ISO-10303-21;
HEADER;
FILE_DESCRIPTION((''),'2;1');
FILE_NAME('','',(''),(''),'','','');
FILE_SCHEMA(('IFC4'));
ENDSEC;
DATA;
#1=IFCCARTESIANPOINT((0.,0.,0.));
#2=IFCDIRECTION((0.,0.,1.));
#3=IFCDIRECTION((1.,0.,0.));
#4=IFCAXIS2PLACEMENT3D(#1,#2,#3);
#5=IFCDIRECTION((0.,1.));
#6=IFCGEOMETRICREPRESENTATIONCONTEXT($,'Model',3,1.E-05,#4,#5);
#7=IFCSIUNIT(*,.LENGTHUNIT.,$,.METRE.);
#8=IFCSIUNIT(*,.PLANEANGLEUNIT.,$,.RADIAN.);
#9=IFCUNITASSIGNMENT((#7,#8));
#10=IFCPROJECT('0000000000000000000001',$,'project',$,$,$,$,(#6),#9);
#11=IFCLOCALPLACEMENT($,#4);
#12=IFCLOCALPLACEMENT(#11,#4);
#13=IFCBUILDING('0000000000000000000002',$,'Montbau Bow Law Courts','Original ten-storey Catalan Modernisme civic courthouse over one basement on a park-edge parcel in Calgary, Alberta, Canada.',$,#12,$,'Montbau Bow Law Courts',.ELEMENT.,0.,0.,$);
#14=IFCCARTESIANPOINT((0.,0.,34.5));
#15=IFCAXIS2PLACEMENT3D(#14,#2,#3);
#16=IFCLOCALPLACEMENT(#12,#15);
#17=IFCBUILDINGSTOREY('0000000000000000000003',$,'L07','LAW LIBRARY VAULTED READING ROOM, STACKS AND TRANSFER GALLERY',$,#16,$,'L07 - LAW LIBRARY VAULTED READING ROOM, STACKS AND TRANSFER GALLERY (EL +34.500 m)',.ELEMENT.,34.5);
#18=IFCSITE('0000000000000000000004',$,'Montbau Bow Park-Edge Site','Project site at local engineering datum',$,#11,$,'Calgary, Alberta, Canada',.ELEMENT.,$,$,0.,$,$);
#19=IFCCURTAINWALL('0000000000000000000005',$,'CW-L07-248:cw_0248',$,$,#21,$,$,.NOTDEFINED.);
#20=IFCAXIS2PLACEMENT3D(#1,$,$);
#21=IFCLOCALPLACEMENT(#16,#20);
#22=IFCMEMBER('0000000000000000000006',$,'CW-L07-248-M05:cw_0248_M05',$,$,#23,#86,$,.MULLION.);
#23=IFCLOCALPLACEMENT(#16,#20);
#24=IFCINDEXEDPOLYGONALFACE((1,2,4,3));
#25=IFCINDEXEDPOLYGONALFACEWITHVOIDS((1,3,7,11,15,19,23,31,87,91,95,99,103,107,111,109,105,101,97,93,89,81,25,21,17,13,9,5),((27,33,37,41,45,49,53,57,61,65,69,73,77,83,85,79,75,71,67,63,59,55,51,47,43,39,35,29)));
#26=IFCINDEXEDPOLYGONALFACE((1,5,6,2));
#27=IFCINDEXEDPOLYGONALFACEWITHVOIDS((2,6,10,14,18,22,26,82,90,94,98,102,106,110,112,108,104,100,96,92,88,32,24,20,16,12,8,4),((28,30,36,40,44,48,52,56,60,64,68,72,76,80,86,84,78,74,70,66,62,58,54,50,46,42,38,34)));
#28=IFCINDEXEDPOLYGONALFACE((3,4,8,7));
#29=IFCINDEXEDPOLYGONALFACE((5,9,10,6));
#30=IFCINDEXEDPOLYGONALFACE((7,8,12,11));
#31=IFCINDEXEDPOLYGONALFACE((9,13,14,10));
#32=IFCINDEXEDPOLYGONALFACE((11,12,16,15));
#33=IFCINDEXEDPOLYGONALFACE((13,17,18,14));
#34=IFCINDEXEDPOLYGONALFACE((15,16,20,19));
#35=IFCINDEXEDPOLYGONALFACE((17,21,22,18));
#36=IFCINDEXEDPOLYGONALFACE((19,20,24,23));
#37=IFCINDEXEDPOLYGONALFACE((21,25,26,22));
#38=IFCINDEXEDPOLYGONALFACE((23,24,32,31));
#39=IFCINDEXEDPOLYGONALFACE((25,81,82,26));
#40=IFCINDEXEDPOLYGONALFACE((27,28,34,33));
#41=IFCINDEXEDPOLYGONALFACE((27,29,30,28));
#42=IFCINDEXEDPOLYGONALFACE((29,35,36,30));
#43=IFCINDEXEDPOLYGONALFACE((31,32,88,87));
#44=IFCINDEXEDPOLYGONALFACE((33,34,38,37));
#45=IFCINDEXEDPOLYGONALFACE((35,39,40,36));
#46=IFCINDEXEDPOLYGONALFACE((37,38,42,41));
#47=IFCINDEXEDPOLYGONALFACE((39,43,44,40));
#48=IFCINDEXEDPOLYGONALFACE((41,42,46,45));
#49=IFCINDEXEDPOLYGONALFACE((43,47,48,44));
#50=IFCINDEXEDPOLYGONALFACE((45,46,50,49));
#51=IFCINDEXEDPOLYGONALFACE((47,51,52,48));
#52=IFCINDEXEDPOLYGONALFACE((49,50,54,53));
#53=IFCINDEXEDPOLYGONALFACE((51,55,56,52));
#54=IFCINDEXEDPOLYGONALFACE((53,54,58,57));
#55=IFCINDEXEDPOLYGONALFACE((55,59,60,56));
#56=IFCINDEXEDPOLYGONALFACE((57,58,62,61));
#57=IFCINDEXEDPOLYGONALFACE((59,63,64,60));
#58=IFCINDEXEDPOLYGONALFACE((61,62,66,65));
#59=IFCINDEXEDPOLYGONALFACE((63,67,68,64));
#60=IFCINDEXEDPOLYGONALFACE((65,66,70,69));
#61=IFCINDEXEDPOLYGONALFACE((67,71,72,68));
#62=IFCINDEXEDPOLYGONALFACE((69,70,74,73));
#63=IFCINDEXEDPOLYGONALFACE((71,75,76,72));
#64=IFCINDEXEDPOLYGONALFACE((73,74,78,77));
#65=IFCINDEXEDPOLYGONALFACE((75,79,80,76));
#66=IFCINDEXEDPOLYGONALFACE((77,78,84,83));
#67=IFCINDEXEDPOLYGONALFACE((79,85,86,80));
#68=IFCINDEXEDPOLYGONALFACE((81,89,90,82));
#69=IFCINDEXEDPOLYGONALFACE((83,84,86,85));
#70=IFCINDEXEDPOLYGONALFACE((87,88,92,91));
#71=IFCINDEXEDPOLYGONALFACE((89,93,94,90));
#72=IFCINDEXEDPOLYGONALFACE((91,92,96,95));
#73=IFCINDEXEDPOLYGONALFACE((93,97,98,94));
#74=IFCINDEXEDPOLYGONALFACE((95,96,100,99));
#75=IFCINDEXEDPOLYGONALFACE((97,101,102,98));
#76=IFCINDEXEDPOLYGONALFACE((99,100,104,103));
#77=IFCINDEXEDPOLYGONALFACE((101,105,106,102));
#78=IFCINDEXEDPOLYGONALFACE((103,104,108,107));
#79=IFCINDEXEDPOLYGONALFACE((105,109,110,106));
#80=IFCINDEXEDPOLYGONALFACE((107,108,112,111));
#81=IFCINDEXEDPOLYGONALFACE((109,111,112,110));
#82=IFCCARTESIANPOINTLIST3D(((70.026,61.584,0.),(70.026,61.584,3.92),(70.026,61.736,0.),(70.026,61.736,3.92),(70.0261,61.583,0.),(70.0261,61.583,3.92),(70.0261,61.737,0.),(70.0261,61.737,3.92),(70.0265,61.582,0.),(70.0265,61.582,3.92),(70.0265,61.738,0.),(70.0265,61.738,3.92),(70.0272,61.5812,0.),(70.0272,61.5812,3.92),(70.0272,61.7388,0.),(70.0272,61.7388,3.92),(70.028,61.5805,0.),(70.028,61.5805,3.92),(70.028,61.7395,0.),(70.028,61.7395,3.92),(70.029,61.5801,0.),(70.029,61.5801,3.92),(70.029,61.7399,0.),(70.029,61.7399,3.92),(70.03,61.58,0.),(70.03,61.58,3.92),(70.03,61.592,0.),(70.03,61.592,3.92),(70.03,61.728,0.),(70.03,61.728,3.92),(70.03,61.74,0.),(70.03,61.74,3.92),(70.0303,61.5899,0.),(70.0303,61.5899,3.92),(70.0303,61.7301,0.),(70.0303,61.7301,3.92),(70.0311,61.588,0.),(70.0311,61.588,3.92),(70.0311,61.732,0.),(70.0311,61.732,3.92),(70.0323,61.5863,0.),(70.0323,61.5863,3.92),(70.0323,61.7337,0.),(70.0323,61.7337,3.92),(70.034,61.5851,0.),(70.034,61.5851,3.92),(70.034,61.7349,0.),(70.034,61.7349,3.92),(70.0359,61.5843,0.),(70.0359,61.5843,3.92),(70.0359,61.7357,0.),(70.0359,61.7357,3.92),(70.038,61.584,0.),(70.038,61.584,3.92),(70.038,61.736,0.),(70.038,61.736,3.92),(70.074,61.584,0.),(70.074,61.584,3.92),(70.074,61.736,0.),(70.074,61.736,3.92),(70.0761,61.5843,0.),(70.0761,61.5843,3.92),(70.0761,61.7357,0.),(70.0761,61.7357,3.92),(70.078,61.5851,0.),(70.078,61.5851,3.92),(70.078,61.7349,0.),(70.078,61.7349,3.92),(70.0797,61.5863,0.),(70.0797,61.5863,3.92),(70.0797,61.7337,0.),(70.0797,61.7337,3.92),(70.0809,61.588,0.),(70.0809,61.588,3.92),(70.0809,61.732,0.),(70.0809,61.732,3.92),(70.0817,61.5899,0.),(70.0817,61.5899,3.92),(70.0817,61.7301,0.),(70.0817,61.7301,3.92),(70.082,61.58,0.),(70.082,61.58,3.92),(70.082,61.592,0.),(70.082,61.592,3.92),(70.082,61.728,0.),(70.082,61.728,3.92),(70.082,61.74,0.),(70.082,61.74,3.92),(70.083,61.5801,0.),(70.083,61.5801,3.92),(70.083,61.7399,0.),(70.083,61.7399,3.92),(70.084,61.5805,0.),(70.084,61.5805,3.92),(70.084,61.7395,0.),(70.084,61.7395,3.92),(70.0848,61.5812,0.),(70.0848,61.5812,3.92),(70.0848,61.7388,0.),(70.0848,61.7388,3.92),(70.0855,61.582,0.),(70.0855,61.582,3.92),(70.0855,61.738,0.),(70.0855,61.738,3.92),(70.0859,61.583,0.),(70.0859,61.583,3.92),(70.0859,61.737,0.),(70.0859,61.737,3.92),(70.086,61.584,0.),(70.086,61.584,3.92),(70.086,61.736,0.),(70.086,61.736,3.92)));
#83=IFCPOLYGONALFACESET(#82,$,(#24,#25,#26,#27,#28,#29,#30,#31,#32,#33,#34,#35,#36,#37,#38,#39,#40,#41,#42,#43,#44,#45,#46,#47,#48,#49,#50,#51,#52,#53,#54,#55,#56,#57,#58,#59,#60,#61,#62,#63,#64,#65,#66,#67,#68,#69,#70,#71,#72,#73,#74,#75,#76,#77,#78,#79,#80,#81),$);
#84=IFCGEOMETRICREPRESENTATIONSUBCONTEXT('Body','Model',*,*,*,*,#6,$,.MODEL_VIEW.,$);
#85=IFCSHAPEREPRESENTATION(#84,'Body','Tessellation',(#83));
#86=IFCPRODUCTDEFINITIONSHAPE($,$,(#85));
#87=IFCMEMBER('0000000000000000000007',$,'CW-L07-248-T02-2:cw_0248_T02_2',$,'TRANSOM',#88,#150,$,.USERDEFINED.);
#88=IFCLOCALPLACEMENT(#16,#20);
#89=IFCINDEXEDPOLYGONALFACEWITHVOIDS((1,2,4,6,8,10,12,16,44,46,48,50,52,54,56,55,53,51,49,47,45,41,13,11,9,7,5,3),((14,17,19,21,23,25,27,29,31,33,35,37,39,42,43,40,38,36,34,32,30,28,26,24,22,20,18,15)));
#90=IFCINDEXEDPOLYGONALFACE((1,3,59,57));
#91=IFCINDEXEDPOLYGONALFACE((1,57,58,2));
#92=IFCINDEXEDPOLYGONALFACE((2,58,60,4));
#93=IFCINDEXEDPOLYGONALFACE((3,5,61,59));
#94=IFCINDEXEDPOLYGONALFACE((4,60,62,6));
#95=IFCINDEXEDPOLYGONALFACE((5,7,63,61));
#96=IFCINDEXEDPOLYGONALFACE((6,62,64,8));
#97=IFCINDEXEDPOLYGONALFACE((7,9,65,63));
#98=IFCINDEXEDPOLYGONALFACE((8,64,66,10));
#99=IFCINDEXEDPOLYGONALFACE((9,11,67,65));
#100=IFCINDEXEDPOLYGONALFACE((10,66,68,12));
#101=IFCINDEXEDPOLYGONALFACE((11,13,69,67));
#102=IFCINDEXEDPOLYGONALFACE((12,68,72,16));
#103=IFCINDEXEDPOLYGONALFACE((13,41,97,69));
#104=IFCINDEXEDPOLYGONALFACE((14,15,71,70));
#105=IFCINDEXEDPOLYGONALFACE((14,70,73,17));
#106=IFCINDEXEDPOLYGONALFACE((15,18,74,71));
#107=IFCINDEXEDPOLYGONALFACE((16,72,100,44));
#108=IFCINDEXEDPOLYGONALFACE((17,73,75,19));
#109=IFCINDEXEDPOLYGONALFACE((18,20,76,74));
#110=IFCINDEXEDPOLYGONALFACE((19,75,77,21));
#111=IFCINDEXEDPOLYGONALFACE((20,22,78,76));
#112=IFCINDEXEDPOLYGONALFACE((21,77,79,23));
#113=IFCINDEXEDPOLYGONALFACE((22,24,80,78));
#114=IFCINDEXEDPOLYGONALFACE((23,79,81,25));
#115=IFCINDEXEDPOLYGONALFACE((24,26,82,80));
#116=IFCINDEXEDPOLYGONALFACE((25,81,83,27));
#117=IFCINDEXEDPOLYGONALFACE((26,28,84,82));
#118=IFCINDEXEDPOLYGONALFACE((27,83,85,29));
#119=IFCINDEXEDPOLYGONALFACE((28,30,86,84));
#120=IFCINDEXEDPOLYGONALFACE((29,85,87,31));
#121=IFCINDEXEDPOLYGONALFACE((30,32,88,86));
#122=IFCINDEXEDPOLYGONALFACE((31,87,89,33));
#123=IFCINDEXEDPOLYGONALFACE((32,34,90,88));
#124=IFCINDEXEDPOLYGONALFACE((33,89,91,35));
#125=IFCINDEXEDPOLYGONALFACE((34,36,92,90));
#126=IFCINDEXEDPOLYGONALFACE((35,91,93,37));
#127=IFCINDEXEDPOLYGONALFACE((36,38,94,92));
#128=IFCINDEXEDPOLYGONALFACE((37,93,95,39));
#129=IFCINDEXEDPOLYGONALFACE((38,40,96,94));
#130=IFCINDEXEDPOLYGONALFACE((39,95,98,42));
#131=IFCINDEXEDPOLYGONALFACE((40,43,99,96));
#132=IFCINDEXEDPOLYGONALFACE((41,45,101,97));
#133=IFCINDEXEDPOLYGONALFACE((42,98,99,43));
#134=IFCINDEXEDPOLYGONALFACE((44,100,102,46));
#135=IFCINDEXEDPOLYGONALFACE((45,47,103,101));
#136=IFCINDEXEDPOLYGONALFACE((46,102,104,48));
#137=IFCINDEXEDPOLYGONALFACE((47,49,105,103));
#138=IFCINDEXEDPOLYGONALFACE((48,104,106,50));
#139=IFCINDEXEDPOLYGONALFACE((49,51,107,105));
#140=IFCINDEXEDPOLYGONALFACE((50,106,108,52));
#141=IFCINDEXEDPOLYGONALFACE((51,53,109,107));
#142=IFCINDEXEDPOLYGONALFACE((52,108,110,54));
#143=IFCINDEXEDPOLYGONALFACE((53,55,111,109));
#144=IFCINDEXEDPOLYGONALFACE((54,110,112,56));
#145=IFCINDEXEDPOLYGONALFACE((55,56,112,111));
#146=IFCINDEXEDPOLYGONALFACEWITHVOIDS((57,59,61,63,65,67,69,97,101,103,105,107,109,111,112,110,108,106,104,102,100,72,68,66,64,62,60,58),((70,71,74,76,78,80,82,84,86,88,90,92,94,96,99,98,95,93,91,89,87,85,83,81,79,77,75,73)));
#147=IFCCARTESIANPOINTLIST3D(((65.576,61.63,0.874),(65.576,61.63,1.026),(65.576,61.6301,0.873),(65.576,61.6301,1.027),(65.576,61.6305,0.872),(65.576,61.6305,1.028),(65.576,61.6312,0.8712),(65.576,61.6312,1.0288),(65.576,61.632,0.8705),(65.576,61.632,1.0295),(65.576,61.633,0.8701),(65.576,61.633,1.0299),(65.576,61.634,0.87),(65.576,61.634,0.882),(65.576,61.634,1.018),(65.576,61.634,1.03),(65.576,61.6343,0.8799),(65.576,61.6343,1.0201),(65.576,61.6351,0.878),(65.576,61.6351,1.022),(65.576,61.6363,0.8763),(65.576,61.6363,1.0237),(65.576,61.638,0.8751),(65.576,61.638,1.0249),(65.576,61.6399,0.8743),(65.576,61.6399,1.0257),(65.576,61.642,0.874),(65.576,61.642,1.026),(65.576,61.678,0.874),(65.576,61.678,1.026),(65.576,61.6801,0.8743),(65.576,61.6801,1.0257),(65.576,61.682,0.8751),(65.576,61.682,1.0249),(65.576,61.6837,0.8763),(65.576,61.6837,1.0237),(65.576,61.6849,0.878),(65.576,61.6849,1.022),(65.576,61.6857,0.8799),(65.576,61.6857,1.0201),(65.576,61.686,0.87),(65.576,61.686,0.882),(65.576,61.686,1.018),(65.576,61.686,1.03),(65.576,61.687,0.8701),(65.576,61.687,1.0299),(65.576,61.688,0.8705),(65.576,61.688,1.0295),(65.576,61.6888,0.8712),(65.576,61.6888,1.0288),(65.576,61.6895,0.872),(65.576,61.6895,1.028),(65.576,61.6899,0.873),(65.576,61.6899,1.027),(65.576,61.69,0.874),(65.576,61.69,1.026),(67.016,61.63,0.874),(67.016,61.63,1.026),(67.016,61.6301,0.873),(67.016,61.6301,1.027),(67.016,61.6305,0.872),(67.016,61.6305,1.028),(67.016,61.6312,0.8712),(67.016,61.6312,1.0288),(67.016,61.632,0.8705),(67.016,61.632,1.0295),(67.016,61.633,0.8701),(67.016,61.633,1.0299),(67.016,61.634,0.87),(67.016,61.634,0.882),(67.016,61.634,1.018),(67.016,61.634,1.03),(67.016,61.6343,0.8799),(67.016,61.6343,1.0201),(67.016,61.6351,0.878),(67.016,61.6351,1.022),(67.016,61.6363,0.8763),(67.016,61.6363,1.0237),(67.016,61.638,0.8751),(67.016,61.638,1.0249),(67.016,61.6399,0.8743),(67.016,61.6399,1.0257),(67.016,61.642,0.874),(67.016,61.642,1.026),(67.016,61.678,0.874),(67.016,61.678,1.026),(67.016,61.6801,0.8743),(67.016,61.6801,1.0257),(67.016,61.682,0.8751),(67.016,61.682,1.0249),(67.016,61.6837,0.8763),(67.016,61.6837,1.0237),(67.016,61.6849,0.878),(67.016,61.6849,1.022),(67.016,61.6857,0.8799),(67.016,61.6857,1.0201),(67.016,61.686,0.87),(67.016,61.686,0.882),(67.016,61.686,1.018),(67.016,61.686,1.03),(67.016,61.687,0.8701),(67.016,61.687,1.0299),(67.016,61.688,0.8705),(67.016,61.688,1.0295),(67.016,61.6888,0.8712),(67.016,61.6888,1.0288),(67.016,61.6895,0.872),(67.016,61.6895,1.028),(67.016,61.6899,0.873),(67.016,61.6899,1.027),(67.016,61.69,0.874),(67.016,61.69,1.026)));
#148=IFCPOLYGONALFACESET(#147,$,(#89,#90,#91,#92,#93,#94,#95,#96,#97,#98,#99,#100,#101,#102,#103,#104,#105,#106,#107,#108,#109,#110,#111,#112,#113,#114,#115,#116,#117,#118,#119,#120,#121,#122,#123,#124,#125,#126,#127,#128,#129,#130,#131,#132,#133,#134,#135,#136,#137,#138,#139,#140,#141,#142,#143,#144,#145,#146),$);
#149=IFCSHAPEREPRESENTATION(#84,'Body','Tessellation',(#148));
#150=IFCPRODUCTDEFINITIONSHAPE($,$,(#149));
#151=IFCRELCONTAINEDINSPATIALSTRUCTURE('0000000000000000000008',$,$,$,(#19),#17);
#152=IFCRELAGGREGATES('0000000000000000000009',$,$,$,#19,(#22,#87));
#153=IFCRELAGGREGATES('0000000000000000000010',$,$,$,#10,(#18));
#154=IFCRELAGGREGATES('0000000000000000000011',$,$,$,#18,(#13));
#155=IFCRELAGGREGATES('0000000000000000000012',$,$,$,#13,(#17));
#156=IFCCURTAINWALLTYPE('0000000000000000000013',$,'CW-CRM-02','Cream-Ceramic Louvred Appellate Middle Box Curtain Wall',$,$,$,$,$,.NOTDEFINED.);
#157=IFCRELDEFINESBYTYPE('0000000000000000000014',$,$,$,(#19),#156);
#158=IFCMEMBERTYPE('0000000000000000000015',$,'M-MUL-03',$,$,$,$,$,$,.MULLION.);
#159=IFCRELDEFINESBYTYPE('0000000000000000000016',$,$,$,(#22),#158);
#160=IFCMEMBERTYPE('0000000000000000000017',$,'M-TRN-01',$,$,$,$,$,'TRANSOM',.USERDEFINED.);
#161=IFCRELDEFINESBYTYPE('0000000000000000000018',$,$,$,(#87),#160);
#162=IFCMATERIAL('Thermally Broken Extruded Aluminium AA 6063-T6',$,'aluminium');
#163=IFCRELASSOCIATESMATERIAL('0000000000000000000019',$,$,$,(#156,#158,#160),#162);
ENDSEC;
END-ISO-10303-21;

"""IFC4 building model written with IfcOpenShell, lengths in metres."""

from ifc_helpers import new_model, si_unit, direction, frame, origin_with_axes, origin_2d_with_axis, place, context, subcontext, project, spatial, hollow_rectangle, extrude, material, material_profile, profile_set, type_object, element, aggregate, save


model = new_model("IFC4")

# Units and contexts
model_context = context("Model", 3, precision=1e-05, world=origin_with_axes(), true_north=direction((0.0, 1.0)))
body_context = subcontext(model_context, "Body", "Model", "MODEL_VIEW")
ifc_project = project(units=[si_unit("LENGTHUNIT", "METRE"), si_unit("PLANEANGLEUNIT", "RADIAN")], contexts=[model_context])

# Site, building, storey
site_placement = place(None, origin_with_axes())
site = spatial("IfcSite", under=ifc_project, at=site_placement, Name="Montbau Bow Park-Edge Site", Description="Project site at local engineering datum", LongName="Calgary, Alberta, Canada", CompositionType="ELEMENT", RefElevation=0.0)
building_placement = place(site_placement, origin_with_axes())
building = spatial("IfcBuilding", under=site, at=building_placement, Name="Montbau Bow Law Courts", Description="Original ten-storey Catalan Modernisme civic courthouse over one basement on a park-edge parcel in Calgary, Alberta, Canada.", LongName="Montbau Bow Law Courts", CompositionType="ELEMENT", ElevationOfRefHeight=0.0, ElevationOfTerrain=0.0)
storey_placement = place(building_placement, frame((0.0, 0.0, 34.5), z_axis=(0.0, 0.0, 1.0), x_axis=(1.0, 0.0, 0.0)))
storey = spatial("IfcBuildingStorey", under=building, at=storey_placement, Name="L07", Description="LAW LIBRARY VAULTED READING ROOM, STACKS AND TRANSFER GALLERY", LongName="L07 - LAW LIBRARY VAULTED READING ROOM, STACKS AND TRANSFER GALLERY (EL +34.500 m)", CompositionType="ELEMENT", Elevation=34.5)

# Curtain wall, members
ifc_material_1 = material(Name="Thermally Broken Extruded Aluminium AA 6063-T6", Category="aluminium")
curtain_wall_type = type_object("IfcCurtainWallType", Name="CW-CRM-02", Description="Cream-Ceramic Louvred Appellate Middle Box Curtain Wall", PredefinedType="NOTDEFINED", material=ifc_material_1)
curtain_wall_placement = place(None, frame((64.04, 61.66, 34.5), z_axis=(0.0, 0.0, 1.0), x_axis=(1.0, 0.0, 0.0)))
curtain_wall = element("IfcCurtainWall", 1, at=curtain_wall_placement, inside=storey, type_object=curtain_wall_type, Name="CW-L07-248:cw_0248", PredefinedType="NOTDEFINED")
ifc_material_profile_1 = material_profile(ifc_material_1, hollow_rectangle(XDim=0.06, YDim=0.16, WallThickness=0.004, InnerFilletRadius=0.008, OuterFilletRadius=0.004, at=origin_2d_with_axis()), Name="CWM-160X60", Category="Main", Priority=0)
ifc_profile_set_1 = profile_set([ifc_material_profile_1], Name="Thermally Broken Extruded Aluminium AA 6063-T6")
member_type_1 = type_object("IfcMemberType", Name="M-MUL-03", PredefinedType="MULLION", material=ifc_profile_set_1)
member_1_placement = place(None, frame((70.056, 61.66, 34.5), z_axis=(0.0, 0.0, 1.0), x_axis=(1.0, 0.0, 0.0)))
member_1 = element("IfcMember", 2, at=member_1_placement, type_object=member_type_1, Name="CW-L07-248-M05:cw_0248_M05", PredefinedType="MULLION", context=body_context, shape_type="SweptSolid", body=[
    extrude(hollow_rectangle(XDim=0.06, YDim=0.16, WallThickness=0.004, InnerFilletRadius=0.008, OuterFilletRadius=0.004, at=origin_2d_with_axis()), origin_with_axes(), (0.0, 0.0, 1.0), 3.92),
])
ifc_material_profile_2 = material_profile(ifc_material_1, hollow_rectangle(XDim=0.06, YDim=0.16, WallThickness=0.004, InnerFilletRadius=0.008, OuterFilletRadius=0.004, at=origin_2d_with_axis()), Name="CWT-160X60", Category="Main", Priority=0)
ifc_profile_set_2 = profile_set([ifc_material_profile_2], Name="Thermally Broken Extruded Aluminium AA 6063-T6")
member_type_2 = type_object("IfcMemberType", Name="M-TRN-01", ElementType="TRANSOM", PredefinedType="USERDEFINED", material=ifc_profile_set_2)
member_2_placement = place(None, frame((65.576, 61.66, 35.45), z_axis=(1.0, 0.0, 0.0), x_axis=(0.0, 1.0, 0.0)))
member_2 = element("IfcMember", 3, at=member_2_placement, type_object=member_type_2, Name="CW-L07-248-T02-2:cw_0248_T02_2", ObjectType="TRANSOM", PredefinedType="USERDEFINED", context=body_context, shape_type="SweptSolid", body=[
    extrude(hollow_rectangle(XDim=0.06, YDim=0.16, WallThickness=0.004, InnerFilletRadius=0.008, OuterFilletRadius=0.004, at=origin_2d_with_axis()), origin_with_axes(), (0.0, 0.0, 1.0), 1.44),
])
aggregate(curtain_wall, [member_1, member_2])

save(model, "model.ifc")
